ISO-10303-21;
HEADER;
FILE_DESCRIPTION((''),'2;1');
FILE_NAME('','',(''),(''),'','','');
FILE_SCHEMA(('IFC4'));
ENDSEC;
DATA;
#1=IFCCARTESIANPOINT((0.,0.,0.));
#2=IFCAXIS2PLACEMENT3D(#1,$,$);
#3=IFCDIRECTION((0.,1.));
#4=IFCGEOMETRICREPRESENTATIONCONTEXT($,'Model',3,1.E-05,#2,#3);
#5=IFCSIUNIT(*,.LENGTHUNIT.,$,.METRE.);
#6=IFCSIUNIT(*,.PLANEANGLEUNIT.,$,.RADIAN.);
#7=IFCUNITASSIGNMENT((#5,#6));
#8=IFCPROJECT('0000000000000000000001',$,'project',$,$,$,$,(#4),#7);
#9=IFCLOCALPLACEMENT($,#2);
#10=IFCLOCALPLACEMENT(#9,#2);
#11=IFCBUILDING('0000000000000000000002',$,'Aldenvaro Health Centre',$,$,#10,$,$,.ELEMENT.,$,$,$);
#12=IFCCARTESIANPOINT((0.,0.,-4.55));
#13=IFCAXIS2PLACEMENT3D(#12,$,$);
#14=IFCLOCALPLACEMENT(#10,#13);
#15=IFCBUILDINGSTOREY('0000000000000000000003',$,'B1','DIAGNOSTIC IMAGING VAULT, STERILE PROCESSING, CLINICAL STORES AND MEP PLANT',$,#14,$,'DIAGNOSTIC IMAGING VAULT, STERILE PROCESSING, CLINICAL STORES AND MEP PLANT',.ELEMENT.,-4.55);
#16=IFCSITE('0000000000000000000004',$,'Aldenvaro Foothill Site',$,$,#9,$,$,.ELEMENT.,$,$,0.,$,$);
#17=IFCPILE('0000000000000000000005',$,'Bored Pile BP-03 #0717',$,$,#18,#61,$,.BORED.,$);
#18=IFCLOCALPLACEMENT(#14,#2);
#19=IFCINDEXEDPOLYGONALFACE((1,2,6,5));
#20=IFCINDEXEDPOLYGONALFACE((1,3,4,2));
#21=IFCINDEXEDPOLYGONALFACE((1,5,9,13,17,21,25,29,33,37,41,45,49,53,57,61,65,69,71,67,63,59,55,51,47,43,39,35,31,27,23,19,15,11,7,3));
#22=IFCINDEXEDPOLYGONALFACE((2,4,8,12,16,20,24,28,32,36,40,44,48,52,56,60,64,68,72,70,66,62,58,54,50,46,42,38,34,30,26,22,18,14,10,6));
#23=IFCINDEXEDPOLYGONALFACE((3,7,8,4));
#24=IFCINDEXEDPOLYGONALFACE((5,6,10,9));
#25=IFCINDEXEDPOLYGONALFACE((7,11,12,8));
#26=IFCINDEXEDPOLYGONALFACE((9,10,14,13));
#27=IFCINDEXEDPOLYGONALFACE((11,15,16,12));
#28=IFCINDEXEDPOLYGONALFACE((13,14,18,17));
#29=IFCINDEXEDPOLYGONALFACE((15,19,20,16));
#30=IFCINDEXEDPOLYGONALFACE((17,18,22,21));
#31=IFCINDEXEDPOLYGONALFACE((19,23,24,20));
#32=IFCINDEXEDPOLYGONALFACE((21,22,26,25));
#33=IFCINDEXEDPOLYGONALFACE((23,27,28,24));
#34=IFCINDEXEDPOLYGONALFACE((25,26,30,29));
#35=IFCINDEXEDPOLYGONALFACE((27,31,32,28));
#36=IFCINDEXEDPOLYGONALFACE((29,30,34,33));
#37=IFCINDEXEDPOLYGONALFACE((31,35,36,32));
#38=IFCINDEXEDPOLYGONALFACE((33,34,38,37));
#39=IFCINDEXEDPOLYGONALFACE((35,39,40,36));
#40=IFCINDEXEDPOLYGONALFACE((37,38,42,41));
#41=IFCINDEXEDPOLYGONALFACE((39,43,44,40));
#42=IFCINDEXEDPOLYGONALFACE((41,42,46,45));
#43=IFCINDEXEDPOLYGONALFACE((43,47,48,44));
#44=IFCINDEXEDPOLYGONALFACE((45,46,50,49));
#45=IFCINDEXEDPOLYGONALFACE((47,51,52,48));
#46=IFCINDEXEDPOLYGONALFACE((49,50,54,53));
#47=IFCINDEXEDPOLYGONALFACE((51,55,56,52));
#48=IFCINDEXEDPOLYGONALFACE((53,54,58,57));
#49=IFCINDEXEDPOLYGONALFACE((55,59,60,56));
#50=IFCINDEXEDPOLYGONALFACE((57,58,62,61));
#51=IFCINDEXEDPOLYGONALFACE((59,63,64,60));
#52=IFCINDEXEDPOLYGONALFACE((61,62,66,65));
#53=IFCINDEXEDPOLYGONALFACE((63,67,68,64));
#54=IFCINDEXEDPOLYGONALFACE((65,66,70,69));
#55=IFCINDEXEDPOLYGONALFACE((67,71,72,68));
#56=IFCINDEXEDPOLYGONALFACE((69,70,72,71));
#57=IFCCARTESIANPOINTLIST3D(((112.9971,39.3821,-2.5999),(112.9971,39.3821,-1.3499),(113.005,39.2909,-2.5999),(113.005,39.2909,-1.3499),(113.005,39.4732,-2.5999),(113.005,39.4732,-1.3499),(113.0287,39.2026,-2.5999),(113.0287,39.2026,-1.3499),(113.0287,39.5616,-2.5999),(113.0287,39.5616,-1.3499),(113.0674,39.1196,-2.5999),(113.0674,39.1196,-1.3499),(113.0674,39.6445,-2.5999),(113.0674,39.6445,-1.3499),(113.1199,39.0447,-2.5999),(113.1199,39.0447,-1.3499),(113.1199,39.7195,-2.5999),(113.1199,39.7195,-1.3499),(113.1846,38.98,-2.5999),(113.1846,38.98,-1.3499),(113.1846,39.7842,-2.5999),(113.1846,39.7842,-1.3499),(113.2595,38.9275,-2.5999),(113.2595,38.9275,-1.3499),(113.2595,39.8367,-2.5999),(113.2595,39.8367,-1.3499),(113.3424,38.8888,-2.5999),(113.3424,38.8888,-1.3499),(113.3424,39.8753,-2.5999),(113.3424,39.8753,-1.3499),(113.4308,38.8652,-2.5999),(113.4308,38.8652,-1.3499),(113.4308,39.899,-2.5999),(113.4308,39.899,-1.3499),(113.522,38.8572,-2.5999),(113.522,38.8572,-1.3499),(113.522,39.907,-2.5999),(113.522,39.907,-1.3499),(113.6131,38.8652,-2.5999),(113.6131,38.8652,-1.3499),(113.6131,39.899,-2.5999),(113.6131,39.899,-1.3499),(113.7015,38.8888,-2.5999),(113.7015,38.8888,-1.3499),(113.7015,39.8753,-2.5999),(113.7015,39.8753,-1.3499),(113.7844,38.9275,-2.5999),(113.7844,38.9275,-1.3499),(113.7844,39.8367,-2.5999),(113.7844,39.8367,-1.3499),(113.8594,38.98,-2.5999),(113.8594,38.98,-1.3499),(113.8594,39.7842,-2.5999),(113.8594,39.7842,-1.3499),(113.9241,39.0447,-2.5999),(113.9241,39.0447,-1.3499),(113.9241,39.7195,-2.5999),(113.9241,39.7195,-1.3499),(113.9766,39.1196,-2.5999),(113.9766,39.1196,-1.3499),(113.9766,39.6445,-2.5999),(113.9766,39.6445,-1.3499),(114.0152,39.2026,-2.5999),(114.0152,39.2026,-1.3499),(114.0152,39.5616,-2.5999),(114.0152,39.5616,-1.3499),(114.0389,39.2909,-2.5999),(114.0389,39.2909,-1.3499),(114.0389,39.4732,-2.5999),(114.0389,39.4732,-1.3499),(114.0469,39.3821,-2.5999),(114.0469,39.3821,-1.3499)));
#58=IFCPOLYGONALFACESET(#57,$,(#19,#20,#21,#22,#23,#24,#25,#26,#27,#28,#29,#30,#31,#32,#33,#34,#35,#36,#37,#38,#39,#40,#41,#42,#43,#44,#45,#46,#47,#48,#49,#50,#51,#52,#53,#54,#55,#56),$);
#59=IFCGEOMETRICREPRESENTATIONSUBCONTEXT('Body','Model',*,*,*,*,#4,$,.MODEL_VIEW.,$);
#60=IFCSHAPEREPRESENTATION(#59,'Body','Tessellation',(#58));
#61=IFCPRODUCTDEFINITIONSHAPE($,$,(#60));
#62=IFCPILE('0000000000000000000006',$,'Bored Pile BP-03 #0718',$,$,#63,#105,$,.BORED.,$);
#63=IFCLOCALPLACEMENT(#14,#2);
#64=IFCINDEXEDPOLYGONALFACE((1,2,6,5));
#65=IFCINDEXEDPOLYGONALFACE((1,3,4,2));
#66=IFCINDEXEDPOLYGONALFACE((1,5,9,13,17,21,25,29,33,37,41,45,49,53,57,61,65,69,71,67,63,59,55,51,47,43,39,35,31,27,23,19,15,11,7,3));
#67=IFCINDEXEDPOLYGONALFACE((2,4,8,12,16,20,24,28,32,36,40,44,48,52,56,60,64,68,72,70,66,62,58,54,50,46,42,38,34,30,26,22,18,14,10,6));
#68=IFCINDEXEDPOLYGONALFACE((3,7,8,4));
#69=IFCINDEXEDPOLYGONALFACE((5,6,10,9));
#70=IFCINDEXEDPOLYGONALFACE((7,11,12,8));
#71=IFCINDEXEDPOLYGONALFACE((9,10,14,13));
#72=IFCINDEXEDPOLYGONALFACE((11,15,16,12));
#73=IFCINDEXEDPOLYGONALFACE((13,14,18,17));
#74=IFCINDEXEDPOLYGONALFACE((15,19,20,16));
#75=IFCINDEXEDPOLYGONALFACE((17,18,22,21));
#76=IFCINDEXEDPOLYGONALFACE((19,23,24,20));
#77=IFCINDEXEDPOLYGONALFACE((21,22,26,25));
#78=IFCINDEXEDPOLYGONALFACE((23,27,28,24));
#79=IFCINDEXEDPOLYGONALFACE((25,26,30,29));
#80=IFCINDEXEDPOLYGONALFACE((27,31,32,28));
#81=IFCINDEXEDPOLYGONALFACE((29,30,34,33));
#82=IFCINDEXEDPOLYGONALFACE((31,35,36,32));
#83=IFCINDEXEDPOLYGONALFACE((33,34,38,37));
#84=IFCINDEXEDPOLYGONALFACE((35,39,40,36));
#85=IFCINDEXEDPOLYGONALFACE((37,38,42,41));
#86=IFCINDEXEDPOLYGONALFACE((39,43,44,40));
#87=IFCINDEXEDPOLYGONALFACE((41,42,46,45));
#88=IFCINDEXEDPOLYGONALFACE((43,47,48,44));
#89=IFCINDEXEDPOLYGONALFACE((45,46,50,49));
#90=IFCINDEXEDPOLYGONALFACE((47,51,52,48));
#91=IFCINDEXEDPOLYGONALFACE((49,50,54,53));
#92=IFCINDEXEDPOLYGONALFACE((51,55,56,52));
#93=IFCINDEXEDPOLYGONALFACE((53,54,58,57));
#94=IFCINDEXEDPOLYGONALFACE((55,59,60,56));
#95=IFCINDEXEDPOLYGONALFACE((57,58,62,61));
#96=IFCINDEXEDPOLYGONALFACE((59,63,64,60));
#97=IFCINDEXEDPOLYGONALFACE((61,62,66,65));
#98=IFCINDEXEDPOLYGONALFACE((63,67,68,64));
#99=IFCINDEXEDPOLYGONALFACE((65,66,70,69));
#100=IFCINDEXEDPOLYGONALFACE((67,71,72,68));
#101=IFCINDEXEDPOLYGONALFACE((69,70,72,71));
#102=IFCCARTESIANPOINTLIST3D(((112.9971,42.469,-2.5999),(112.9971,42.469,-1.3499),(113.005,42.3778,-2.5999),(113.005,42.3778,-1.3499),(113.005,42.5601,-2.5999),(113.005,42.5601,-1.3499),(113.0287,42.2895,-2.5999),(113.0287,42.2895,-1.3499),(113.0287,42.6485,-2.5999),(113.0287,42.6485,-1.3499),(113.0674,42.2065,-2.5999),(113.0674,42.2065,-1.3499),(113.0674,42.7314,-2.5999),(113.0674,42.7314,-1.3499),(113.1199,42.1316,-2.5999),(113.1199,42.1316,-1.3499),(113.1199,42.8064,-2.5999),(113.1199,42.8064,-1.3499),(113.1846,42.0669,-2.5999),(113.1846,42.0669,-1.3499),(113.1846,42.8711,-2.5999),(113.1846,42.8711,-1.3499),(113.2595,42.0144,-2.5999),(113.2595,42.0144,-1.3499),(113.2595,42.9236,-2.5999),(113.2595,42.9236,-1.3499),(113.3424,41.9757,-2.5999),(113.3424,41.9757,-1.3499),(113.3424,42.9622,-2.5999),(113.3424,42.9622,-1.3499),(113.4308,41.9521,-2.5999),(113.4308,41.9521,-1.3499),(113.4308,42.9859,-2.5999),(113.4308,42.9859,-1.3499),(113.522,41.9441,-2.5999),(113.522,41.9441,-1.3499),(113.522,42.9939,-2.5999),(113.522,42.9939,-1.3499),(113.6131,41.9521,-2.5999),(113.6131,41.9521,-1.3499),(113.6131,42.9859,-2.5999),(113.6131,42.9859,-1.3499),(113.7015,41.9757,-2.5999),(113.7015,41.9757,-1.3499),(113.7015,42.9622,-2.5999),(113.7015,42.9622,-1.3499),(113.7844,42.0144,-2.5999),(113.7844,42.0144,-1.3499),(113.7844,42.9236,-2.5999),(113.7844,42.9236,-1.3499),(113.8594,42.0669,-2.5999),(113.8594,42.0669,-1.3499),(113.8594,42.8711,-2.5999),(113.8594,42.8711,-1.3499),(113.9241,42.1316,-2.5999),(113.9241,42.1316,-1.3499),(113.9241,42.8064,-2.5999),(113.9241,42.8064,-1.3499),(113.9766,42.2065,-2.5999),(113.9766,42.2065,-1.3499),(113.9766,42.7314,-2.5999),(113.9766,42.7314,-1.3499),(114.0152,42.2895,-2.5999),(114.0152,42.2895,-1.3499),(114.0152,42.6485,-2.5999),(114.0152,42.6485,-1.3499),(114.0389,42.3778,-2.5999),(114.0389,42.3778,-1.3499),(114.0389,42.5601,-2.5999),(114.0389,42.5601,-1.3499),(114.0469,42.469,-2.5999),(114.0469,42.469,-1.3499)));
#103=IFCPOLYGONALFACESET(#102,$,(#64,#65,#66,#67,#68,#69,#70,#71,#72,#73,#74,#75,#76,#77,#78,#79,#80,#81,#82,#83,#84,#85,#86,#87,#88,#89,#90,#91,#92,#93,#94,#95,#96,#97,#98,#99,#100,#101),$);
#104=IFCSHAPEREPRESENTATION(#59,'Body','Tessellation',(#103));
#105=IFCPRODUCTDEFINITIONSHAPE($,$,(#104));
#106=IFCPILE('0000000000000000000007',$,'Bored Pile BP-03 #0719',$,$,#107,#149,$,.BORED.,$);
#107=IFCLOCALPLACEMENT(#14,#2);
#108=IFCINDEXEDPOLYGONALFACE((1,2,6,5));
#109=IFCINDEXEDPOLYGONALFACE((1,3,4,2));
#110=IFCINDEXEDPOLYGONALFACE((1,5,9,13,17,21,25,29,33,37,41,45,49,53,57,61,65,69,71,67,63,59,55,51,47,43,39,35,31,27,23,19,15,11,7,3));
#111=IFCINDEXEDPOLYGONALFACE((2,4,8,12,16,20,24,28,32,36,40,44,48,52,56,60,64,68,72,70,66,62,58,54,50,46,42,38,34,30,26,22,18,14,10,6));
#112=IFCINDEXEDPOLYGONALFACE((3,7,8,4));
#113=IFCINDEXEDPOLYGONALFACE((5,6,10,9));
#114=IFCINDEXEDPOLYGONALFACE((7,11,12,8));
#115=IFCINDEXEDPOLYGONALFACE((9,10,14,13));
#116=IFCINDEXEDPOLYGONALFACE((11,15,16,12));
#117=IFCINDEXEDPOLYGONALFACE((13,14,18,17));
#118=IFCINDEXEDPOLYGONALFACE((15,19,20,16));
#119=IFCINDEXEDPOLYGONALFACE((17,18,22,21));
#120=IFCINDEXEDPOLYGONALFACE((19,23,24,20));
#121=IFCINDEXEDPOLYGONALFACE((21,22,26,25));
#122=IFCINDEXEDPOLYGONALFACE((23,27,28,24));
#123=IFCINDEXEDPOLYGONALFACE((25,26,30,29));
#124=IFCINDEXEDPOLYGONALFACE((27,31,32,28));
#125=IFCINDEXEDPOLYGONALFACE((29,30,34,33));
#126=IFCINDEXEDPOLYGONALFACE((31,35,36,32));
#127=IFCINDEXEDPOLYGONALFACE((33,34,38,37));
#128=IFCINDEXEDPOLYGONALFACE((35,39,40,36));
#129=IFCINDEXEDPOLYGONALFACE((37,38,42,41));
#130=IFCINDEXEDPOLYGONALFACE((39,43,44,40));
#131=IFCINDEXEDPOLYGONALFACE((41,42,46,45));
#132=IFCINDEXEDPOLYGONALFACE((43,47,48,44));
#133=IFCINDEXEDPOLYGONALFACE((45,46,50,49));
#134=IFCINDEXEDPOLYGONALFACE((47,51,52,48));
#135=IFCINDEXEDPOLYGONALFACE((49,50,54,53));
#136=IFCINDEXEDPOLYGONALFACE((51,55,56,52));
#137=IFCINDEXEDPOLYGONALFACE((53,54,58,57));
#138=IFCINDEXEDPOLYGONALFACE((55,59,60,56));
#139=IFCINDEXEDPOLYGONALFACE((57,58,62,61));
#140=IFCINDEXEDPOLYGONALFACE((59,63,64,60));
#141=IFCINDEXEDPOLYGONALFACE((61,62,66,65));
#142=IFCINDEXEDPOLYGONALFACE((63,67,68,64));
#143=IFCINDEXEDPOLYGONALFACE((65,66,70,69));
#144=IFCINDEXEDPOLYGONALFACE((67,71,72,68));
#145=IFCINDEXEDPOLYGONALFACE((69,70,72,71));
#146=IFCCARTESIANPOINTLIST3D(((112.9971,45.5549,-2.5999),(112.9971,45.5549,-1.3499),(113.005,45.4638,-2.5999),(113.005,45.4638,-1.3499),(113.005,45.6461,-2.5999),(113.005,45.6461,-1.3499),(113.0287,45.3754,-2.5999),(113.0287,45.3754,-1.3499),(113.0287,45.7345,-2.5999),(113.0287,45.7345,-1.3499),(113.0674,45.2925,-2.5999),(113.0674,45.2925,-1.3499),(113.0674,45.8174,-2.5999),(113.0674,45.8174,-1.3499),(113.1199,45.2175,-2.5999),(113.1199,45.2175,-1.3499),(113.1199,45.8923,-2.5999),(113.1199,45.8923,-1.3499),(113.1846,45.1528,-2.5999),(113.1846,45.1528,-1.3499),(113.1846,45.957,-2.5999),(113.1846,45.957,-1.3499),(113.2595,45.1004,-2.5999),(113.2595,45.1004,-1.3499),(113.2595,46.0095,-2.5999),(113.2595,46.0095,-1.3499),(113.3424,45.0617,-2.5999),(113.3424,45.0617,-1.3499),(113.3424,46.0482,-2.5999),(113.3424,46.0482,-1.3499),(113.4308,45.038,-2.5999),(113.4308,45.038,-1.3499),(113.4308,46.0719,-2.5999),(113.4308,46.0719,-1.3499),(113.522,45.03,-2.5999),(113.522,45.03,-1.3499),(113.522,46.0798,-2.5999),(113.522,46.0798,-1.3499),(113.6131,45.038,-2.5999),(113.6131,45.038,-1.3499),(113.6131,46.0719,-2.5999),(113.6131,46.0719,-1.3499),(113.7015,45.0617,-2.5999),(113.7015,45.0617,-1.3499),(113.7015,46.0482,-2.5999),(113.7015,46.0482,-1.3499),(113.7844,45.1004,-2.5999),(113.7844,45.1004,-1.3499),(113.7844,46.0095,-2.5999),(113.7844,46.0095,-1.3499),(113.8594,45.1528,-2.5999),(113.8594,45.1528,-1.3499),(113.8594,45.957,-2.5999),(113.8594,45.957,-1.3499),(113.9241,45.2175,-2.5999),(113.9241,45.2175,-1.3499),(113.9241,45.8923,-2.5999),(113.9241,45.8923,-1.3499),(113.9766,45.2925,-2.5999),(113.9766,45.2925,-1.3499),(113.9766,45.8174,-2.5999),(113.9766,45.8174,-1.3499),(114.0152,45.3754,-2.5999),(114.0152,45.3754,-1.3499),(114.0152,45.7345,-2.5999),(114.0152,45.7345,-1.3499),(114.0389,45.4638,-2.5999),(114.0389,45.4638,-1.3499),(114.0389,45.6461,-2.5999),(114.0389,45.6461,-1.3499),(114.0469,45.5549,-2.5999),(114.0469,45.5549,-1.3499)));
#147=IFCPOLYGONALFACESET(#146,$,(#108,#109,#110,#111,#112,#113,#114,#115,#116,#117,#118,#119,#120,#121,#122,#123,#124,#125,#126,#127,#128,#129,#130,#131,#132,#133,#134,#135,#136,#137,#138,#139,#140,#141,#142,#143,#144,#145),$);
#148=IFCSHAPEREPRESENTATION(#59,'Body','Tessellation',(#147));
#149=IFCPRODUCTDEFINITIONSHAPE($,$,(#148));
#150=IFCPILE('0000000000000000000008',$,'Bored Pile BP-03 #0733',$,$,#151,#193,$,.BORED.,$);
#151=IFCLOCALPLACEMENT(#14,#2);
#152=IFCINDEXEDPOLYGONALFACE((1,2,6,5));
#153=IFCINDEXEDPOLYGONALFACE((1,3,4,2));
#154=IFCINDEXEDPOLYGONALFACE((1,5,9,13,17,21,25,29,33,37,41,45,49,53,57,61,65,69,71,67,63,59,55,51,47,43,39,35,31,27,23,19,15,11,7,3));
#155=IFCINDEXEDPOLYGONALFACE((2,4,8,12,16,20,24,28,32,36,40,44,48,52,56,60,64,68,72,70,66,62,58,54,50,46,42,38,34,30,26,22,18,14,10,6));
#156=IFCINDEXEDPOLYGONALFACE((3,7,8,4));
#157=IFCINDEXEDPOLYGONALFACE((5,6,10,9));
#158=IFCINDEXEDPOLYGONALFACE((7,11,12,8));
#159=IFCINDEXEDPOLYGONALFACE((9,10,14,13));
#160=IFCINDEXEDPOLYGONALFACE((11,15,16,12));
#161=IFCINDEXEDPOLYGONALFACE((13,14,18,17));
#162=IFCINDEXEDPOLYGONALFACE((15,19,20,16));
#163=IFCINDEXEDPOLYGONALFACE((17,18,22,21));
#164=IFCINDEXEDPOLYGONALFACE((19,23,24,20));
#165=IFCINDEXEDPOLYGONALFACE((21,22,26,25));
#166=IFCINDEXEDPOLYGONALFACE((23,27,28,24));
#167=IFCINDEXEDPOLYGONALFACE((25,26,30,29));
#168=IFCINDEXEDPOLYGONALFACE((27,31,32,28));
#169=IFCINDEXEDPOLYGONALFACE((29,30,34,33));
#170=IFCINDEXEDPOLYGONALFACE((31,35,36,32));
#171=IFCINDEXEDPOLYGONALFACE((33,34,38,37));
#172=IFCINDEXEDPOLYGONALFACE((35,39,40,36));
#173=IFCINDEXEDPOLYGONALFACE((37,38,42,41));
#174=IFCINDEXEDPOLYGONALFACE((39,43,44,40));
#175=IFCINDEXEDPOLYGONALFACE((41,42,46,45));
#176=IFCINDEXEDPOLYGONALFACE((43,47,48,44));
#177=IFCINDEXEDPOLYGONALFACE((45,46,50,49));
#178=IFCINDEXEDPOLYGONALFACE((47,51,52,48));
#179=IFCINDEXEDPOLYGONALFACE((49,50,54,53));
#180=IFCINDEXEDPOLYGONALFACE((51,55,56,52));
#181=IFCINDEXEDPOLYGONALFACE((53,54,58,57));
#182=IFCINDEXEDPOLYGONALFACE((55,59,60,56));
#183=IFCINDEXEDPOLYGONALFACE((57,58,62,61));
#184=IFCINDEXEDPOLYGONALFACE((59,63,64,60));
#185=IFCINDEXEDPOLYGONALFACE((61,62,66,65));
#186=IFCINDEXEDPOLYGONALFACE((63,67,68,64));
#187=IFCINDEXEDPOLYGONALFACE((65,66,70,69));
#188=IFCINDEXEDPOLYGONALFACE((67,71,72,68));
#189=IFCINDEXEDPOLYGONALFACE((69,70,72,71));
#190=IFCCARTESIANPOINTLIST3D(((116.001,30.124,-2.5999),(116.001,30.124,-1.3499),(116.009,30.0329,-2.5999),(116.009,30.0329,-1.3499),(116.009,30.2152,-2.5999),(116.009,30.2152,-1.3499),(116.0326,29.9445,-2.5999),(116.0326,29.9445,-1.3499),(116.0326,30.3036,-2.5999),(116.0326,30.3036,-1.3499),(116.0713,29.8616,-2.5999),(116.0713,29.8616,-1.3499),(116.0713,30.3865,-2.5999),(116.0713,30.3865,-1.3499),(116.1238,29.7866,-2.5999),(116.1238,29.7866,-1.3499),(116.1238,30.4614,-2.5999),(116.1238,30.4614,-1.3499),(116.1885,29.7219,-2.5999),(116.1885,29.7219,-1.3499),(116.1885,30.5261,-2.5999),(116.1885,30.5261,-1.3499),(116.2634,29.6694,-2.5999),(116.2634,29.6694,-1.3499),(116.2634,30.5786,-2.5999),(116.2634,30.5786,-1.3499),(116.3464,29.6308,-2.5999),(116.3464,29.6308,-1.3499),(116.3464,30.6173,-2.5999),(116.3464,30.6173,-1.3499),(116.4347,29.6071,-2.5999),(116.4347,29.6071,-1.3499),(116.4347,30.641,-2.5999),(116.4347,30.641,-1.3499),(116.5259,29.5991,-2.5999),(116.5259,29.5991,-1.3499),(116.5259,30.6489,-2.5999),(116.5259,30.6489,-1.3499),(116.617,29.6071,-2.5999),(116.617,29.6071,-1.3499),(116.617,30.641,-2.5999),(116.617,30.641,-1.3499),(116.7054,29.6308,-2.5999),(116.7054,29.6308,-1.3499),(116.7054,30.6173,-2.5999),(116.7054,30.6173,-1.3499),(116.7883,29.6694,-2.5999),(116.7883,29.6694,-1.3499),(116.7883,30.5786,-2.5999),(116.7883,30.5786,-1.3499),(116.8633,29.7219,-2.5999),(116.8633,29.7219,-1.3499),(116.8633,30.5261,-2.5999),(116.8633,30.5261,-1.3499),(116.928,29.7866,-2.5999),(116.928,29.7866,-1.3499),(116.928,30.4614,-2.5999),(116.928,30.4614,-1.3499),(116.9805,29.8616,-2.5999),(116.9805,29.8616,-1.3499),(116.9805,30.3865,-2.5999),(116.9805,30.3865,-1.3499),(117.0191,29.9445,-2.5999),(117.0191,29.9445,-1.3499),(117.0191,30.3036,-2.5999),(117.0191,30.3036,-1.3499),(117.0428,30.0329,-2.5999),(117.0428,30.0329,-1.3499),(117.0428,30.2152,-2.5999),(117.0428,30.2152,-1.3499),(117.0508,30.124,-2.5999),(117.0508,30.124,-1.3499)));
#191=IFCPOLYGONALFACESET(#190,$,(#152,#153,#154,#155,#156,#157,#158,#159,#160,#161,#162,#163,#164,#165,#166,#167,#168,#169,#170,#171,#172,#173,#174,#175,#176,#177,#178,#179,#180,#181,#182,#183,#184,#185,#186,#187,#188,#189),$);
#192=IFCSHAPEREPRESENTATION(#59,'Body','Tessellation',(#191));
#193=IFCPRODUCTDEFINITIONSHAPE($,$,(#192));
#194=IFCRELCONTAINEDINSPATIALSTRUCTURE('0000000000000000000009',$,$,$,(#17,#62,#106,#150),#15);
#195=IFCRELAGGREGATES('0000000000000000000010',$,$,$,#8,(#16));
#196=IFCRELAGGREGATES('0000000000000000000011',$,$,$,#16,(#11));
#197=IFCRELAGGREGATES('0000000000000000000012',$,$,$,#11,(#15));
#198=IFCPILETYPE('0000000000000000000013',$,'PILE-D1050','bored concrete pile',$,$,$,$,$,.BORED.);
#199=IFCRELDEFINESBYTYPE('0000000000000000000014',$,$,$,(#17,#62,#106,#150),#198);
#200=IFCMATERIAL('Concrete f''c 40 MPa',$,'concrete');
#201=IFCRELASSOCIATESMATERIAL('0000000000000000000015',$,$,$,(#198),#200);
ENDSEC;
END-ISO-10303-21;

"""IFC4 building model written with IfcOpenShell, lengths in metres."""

from ifc_helpers import new_model, si_unit, direction, frame, origin, origin_2d, place, context, subcontext, project, spatial, circle, extrude, material, material_profile, profile_set, type_object, element, save


model = new_model("IFC4")

# Units and contexts
model_context = context("Model", 3, precision=1e-05, world=origin(), true_north=direction((0.0, 1.0)))
body_context = subcontext(model_context, "Body", "Model", "MODEL_VIEW")
ifc_project = project(units=[si_unit("LENGTHUNIT", "METRE"), si_unit("PLANEANGLEUNIT", "RADIAN")], contexts=[model_context])

# Site, building, storey
site_placement = place(None, origin())
site = spatial("IfcSite", under=ifc_project, at=site_placement, Name="Aldenvaro Foothill Site", CompositionType="ELEMENT", RefElevation=0.0)
building_placement = place(site_placement, origin())
building = spatial("IfcBuilding", under=site, at=building_placement, Name="Aldenvaro Health Centre", CompositionType="ELEMENT")
storey_placement = place(building_placement, frame((0.0, 0.0, -4.55)))
storey = spatial("IfcBuildingStorey", under=building, at=storey_placement, Name="B1", Description="DIAGNOSTIC IMAGING VAULT, STERILE PROCESSING, CLINICAL STORES AND MEP PLANT", LongName="DIAGNOSTIC IMAGING VAULT, STERILE PROCESSING, CLINICAL STORES AND MEP PLANT", CompositionType="ELEMENT", Elevation=-4.55)

# Piles
ifc_material = material(Name="Concrete f'c 40 MPa", Category="concrete")
ifc_material_profile = material_profile(ifc_material, circle(Radius=0.5249, at=origin_2d()), Name="PILE D1050", Category="concrete")
ifc_profile_set = profile_set([ifc_material_profile], Name="Concrete f'c 40 MPa")
pile_type = type_object("IfcPileType", Name="PILE-D1050", Description="bored concrete pile", PredefinedType="BORED", material=ifc_profile_set)
for number, where, z_axis, x_axis, name in (
    (1, (113.522, 39.3821, -1.3499), (0.0, 0.0, -1.0), (1.0, 0.0, 0.0), "Bored Pile BP-03 #0717"),
    (2, (113.522, 42.469, -1.3499), (0.0, 0.0, -1.0), (1.0, 0.0, 0.0), "Bored Pile BP-03 #0718"),
    (3, (113.522, 45.5549, -1.3499), (0.0, 0.0, -1.0), (1.0, 0.0, 0.0), "Bored Pile BP-03 #0719"),
    (4, (116.5259, 30.124, -1.3499), (0.0, 0.0, -1.0), (1.0, 0.0, 0.0), "Bored Pile BP-03 #0733"),
):
    element("IfcPile", number, at=place(storey_placement, frame(where, z_axis=z_axis, x_axis=x_axis)), inside=storey, type_object=pile_type, Name=name, PredefinedType="BORED", context=body_context, shape_type="SweptSolid", body=[
        extrude(circle(Radius=0.5249, at=origin_2d()), origin(), (0.0, 0.0, 1.0), 1.25),
    ])

save(model, "model.ifc")
